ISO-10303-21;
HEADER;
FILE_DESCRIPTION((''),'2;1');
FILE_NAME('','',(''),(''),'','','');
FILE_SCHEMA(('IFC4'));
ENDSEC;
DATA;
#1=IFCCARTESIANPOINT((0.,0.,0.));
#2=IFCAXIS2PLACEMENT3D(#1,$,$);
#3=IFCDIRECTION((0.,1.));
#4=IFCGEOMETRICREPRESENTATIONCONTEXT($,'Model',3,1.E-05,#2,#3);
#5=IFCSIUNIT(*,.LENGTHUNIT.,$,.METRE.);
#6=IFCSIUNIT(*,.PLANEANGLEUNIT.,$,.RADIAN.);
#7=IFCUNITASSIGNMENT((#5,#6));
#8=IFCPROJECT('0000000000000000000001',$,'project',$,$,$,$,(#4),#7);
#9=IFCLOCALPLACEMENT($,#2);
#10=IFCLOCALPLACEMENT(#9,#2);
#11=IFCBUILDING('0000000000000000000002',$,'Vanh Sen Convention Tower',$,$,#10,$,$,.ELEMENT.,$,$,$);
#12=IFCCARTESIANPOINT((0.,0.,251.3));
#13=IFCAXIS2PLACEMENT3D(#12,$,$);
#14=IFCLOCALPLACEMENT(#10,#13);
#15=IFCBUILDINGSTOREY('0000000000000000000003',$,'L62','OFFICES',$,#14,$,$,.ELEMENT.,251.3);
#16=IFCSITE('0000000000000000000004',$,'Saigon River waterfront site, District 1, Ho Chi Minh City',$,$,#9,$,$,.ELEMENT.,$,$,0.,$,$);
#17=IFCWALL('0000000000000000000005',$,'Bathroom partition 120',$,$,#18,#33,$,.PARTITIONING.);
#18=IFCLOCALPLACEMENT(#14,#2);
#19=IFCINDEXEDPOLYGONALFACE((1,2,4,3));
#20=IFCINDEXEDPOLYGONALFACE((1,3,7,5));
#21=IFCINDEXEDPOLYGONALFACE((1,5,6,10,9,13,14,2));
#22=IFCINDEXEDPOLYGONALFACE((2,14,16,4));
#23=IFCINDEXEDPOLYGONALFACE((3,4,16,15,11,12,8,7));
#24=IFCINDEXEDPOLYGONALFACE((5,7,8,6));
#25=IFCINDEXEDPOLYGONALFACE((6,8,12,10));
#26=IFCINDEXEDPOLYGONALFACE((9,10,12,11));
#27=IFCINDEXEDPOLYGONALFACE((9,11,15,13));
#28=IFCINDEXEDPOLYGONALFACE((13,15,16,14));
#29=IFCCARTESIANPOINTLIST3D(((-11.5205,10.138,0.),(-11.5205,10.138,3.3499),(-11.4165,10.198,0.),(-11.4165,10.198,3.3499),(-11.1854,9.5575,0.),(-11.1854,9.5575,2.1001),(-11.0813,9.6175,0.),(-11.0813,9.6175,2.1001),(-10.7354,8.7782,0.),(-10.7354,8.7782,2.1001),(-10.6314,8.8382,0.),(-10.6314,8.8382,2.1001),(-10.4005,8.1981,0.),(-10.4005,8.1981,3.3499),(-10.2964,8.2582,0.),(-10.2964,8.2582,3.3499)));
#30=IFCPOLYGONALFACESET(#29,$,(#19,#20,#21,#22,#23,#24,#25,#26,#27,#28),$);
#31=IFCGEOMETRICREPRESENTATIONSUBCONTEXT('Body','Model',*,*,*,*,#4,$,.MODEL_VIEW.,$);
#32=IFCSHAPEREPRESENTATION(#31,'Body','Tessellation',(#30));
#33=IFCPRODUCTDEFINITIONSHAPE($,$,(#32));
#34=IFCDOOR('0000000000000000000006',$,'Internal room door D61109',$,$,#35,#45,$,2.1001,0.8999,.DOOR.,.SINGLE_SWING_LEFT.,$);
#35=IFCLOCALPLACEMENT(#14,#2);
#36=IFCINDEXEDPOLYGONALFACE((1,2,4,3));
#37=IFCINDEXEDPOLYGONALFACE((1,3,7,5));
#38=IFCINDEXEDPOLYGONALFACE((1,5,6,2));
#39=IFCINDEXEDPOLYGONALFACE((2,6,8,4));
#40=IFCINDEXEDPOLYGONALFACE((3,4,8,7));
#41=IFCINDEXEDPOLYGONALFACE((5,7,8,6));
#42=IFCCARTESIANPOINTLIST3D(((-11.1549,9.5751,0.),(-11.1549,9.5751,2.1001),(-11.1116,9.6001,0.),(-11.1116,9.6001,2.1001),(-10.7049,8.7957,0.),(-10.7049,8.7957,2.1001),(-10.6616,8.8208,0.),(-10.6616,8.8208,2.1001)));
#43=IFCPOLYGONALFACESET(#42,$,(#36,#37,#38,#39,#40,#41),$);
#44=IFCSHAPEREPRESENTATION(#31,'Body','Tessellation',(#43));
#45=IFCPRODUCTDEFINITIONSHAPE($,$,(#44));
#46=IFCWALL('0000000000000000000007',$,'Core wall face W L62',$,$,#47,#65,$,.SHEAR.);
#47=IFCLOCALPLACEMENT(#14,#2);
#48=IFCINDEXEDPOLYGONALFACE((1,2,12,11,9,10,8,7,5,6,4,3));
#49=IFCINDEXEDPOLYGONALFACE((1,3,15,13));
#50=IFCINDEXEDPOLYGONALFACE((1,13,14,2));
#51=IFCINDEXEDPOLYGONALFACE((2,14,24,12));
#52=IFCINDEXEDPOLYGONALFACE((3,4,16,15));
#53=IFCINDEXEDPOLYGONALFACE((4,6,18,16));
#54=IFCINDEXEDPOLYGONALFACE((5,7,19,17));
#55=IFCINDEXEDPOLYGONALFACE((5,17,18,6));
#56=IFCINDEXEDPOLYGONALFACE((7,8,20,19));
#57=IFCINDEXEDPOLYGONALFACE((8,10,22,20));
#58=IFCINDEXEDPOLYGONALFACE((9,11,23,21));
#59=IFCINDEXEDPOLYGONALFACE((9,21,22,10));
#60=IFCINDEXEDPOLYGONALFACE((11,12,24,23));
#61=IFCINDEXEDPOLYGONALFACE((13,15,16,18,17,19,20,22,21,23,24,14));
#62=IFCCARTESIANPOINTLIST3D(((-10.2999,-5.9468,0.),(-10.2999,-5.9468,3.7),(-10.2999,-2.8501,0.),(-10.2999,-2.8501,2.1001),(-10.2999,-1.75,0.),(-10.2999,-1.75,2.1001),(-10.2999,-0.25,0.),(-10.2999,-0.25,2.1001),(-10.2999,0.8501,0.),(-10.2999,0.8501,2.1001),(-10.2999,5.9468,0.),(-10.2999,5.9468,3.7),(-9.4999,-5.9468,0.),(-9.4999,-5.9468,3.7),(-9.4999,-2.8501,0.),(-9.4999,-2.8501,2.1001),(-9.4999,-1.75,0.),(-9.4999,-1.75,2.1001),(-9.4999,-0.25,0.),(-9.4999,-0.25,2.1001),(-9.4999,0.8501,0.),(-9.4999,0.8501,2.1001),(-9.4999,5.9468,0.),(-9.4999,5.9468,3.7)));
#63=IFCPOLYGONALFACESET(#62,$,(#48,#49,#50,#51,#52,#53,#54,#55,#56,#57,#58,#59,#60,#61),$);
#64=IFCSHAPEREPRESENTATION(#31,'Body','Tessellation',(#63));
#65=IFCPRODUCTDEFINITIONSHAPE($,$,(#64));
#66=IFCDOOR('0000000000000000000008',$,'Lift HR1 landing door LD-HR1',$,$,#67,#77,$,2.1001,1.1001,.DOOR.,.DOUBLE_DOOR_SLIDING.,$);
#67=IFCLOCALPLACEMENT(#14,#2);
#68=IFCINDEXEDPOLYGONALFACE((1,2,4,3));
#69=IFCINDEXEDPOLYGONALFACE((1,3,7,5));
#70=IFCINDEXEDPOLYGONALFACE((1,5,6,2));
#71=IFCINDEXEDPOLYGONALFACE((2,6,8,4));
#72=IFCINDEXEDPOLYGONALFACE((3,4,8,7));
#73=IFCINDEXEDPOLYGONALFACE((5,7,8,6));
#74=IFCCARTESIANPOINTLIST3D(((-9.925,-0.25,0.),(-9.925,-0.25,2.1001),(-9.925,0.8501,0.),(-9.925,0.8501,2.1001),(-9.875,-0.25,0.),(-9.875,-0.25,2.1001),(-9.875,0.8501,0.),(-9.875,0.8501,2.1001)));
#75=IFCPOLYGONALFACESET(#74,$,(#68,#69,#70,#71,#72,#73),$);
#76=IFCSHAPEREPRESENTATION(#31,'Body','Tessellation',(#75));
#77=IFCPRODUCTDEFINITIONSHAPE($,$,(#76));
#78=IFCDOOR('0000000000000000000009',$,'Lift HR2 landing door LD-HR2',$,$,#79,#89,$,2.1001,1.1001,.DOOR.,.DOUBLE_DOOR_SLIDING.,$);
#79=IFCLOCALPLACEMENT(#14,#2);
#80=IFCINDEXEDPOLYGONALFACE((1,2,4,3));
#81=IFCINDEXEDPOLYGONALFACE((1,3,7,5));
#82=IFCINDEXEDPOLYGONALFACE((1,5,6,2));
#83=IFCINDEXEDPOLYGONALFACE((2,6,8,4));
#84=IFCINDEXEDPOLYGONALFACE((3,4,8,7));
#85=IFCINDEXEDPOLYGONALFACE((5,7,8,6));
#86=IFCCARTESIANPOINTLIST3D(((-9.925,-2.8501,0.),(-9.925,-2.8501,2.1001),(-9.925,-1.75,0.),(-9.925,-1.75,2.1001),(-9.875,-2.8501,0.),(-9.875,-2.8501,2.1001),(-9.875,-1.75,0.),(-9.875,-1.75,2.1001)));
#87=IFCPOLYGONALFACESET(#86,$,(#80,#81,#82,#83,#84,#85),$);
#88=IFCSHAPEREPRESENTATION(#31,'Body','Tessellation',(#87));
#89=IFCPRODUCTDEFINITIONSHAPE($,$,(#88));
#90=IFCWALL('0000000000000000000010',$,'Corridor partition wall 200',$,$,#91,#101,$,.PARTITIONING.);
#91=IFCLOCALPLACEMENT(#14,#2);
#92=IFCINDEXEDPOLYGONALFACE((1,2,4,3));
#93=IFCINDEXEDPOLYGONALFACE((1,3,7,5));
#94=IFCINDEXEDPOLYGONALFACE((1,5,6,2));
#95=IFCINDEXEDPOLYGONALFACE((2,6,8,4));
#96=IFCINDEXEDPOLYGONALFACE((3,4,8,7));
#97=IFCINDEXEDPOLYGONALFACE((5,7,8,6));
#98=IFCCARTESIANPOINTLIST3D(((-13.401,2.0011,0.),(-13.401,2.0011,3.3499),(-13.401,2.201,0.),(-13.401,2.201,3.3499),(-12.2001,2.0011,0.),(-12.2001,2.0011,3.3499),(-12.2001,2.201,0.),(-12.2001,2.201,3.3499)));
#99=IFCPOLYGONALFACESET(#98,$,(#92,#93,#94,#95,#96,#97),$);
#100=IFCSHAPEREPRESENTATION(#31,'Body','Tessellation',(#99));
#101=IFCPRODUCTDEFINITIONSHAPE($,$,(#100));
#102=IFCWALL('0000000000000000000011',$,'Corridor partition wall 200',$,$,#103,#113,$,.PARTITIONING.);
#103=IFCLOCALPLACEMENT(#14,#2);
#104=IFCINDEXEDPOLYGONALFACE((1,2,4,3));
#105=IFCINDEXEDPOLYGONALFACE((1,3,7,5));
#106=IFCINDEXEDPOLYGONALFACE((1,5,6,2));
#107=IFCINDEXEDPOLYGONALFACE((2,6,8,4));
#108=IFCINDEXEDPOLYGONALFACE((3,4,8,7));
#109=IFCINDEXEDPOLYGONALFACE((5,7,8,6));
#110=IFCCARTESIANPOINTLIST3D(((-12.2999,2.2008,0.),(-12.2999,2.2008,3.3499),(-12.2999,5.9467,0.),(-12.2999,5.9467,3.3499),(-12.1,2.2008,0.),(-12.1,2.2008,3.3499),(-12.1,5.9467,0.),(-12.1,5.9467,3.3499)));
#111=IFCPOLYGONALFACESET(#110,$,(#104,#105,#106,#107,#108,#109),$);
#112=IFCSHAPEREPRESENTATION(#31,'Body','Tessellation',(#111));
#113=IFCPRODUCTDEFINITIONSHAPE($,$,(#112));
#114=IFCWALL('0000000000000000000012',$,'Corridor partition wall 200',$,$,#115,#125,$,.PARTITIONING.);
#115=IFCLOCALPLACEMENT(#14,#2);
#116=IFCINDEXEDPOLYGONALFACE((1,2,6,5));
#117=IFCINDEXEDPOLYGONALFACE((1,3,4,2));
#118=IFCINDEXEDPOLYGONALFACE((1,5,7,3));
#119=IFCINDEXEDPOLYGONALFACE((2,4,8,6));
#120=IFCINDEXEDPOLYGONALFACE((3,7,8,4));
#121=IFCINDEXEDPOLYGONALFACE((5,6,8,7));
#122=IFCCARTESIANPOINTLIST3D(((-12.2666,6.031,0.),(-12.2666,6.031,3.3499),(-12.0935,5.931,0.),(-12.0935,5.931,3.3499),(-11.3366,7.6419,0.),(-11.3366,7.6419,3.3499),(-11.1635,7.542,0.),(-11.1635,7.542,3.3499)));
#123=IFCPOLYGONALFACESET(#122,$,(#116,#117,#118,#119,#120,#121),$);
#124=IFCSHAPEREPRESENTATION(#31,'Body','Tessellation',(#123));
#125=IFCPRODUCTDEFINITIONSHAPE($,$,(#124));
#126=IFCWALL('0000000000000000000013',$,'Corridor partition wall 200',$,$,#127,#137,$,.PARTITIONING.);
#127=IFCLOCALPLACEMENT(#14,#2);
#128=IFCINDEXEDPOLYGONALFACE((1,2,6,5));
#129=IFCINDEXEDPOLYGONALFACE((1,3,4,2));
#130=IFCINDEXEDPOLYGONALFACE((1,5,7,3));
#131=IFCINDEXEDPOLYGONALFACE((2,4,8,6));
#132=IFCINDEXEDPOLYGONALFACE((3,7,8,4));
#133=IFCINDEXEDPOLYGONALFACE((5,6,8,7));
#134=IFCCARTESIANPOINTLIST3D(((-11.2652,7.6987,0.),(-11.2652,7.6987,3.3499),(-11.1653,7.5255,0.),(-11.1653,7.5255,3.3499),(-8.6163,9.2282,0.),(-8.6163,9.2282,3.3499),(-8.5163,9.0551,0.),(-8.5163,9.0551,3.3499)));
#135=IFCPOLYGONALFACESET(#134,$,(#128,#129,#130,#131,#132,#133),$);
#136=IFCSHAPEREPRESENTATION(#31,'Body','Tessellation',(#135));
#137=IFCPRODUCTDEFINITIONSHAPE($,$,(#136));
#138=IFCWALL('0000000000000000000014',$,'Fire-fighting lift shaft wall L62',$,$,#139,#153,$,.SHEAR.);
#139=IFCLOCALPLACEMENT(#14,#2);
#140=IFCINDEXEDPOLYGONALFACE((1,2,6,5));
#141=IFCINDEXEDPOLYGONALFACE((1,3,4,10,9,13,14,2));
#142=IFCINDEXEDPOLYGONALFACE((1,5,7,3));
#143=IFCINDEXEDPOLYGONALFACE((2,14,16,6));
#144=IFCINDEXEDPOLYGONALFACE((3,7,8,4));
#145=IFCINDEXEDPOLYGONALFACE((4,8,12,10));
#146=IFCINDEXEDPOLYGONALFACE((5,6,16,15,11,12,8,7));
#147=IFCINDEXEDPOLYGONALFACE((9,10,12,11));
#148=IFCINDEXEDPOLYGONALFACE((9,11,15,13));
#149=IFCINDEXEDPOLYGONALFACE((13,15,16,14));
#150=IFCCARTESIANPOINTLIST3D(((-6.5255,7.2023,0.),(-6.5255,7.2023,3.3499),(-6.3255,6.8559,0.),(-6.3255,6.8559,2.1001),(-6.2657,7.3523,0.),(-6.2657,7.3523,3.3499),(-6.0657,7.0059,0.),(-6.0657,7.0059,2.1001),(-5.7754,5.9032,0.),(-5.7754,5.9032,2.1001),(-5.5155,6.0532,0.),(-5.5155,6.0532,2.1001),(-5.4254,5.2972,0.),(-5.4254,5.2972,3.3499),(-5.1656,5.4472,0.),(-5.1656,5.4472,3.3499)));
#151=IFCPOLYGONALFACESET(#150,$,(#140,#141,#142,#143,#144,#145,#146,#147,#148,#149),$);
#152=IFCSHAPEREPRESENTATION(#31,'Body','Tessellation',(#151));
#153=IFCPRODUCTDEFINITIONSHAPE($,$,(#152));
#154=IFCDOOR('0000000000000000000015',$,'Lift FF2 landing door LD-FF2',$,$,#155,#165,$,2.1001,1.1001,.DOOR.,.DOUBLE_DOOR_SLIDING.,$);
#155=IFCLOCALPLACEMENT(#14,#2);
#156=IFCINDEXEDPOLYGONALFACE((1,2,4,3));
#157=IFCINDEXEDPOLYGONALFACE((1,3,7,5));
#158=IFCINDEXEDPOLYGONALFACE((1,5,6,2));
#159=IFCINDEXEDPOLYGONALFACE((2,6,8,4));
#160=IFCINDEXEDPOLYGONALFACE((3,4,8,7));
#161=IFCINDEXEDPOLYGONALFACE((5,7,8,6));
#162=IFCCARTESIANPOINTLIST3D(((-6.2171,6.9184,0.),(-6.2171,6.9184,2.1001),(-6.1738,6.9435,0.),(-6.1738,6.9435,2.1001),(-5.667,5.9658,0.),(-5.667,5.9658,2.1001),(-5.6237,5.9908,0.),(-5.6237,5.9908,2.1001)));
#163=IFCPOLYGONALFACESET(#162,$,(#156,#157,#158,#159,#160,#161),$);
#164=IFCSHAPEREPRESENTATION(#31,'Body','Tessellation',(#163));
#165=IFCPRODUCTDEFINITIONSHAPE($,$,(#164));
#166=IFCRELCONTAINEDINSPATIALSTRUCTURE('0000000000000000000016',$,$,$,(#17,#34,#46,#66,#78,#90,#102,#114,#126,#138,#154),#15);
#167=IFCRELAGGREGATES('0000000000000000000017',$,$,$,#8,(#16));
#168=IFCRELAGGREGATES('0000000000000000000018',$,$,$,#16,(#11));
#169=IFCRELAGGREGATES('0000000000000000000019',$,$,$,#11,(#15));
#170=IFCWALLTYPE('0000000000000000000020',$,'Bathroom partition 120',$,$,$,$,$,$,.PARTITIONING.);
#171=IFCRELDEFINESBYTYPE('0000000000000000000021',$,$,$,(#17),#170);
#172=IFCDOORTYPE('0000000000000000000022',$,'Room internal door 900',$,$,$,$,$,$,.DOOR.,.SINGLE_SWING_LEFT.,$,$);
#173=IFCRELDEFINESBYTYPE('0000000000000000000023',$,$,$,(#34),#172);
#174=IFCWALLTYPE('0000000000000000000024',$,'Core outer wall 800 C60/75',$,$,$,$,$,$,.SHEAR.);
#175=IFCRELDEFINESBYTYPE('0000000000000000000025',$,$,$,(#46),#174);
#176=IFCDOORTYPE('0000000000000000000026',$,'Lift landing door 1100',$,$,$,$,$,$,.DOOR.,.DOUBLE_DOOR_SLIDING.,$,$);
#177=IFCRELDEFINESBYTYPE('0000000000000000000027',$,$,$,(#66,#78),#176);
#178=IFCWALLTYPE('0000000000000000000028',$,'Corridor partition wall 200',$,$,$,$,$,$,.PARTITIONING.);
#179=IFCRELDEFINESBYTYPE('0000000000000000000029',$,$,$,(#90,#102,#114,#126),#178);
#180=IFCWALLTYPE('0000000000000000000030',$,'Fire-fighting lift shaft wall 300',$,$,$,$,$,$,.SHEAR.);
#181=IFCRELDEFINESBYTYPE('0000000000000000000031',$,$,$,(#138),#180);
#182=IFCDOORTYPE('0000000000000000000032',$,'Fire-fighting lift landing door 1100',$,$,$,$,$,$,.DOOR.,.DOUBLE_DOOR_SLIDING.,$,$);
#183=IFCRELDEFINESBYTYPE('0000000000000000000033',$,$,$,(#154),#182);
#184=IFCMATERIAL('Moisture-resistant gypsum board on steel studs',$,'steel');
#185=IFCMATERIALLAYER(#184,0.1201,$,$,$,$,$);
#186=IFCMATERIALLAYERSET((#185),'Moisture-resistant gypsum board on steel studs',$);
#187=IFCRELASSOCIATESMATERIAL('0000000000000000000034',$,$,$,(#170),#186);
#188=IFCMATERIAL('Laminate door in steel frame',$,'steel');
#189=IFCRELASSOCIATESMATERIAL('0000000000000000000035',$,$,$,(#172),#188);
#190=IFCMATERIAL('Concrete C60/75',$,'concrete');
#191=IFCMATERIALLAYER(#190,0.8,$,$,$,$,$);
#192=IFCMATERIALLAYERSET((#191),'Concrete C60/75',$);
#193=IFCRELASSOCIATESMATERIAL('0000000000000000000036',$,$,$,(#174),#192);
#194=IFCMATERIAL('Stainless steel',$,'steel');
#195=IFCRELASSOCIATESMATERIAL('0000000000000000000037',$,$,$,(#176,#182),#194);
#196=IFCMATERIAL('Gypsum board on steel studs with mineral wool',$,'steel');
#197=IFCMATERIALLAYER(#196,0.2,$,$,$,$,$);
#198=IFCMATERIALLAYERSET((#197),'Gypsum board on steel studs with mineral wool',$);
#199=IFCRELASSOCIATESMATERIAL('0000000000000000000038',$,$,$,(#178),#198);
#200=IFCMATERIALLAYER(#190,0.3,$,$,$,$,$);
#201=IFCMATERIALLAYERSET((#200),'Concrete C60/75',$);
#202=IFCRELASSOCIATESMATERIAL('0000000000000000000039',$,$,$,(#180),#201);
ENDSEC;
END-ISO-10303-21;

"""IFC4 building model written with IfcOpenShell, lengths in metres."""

from ifc_helpers import new_model, si_unit, direction, frame, frame_2d, origin, place, context, subcontext, project, spatial, rectangle, extrude, material, layer, layer_set, type_object, element, fill, save


model = new_model("IFC4")

# Units and contexts
model_context = context("Model", 3, precision=1e-05, world=origin(), true_north=direction((0.0, 1.0)))
body_context = subcontext(model_context, "Body", "Model", "MODEL_VIEW")
ifc_project = project(units=[si_unit("LENGTHUNIT", "METRE"), si_unit("PLANEANGLEUNIT", "RADIAN")], contexts=[model_context])

# Site, building, storey
site_placement = place(None, origin())
site = spatial("IfcSite", under=ifc_project, at=site_placement, Name="Saigon River waterfront site, District 1, Ho Chi Minh City", CompositionType="ELEMENT", RefElevation=0.0)
building_placement = place(site_placement, origin())
building = spatial("IfcBuilding", under=site, at=building_placement, Name="Vanh Sen Convention Tower", CompositionType="ELEMENT")
storey_placement = place(building_placement, frame((0.0, 0.0, 251.3)))
storey = spatial("IfcBuildingStorey", under=building, at=storey_placement, Name="L62", Description="OFFICES", CompositionType="ELEMENT", Elevation=251.3)

# Wall, opening, door
ifc_material_1 = material(Name="Moisture-resistant gypsum board on steel studs", Category="steel")
ifc_layer_1 = layer(ifc_material_1, 0.1201)
ifc_layer_set_1 = layer_set([ifc_layer_1], Name="Moisture-resistant gypsum board on steel studs")
wall_type_1 = type_object("IfcWallType", Name="Bathroom partition 120", PredefinedType="PARTITIONING", material=ifc_layer_set_1)
wall_1_placement = place(storey_placement, frame((-10.3484, 8.228, 0.0), z_axis=(0.0, 0.0, 1.0), x_axis=(-0.500031, 0.866008, 0.0)))
wall_1 = element("IfcWall", 1, at=wall_1_placement, inside=storey, type_object=wall_type_1, Name="Bathroom partition 120", PredefinedType="PARTITIONING", context=body_context, shape_type="SweptSolid", body=[
    extrude(rectangle(XDim=2.24, YDim=0.1201, at=frame_2d((1.1201, 0.0))), origin(), (0.0, 0.0, 1.0), 3.3499),
])
opening_1_placement = place(wall_1_placement, frame((0.6699, 0.0, 0.0)))
opening_1 = element("IfcOpeningElement", 2, at=opening_1_placement, cuts=wall_1, PredefinedType="OPENING", context=body_context, shape_type="SweptSolid", body=[
    extrude(rectangle(XDim=0.8999, YDim=2.1001, at=frame_2d((0.45, 1.05))), frame((0.0, 0.0701, 0.0), z_axis=(0.0, -1.0, 0.0), x_axis=(1.0, 0.0, 0.0)), (0.0, 0.0, 1.0), 0.1401),
])
ifc_material_2 = material(Name="Laminate door in steel frame", Category="steel")
door_type_1 = type_object("IfcDoorType", Name="Room internal door 900", OperationType="SINGLE_SWING_LEFT", PredefinedType="DOOR", material=ifc_material_2)
door_1_placement = place(opening_1_placement, origin())
door_1 = element("IfcDoor", 3, at=door_1_placement, inside=storey, type_object=door_type_1, Name="Internal room door D61109", OperationType="SINGLE_SWING_LEFT", OverallHeight=2.1001, OverallWidth=0.8999, PredefinedType="DOOR", context=body_context, shape_type="SweptSolid", body=[
    extrude(rectangle(XDim=0.8999, YDim=2.1001, at=frame_2d((0.45, 1.05))), frame((0.0, 0.0249, 0.0), z_axis=(0.0, -1.0, 0.0), x_axis=(1.0, 0.0, 0.0)), (0.0, 0.0, 1.0), 0.05),
])
fill(opening_1, door_1)

# Wall, openings, doors
ifc_material_3 = material(Name="Concrete C60/75", Category="concrete")
ifc_layer_2 = layer(ifc_material_3, 0.8)
ifc_layer_set_2 = layer_set([ifc_layer_2], Name="Concrete C60/75")
wall_type_2 = type_object("IfcWallType", Name="Core outer wall 800 C60/75", PredefinedType="SHEAR", material=ifc_layer_set_2)
wall_2_placement = place(storey_placement, frame((-9.8999, 5.9468, 0.0), z_axis=(0.0, 0.0, 1.0), x_axis=(0.0, -1.0, 0.0)))
wall_2 = element("IfcWall", 4, at=wall_2_placement, inside=storey, type_object=wall_type_2, Name="Core wall face W L62", PredefinedType="SHEAR", context=body_context, shape_type="SweptSolid", body=[
    extrude(rectangle(XDim=11.8936, YDim=0.8, at=frame_2d((5.9468, 0.0))), origin(), (0.0, 0.0, 1.0), 3.7),
])
opening_2_placement = place(wall_2_placement, frame((5.0967, 0.0, 0.0)))
opening_2 = element("IfcOpeningElement", 5, at=opening_2_placement, cuts=wall_2, PredefinedType="OPENING", context=body_context, shape_type="SweptSolid", body=[
    extrude(rectangle(XDim=1.1001, YDim=2.1001, at=frame_2d((0.55, 1.05))), frame((0.0, 0.4099, 0.0), z_axis=(0.0, -1.0, 0.0), x_axis=(1.0, 0.0, 0.0)), (0.0, 0.0, 1.0), 0.8201),
])
opening_3_placement = place(wall_2_placement, frame((7.6968, 0.0, 0.0)))
opening_3 = element("IfcOpeningElement", 6, at=opening_3_placement, cuts=wall_2, PredefinedType="OPENING", context=body_context, shape_type="SweptSolid", body=[
    extrude(rectangle(XDim=1.1001, YDim=2.1001, at=frame_2d((0.55, 1.05))), frame((0.0, 0.4099, 0.0), z_axis=(0.0, -1.0, 0.0), x_axis=(1.0, 0.0, 0.0)), (0.0, 0.0, 1.0), 0.8201),
])
ifc_material_4 = material(Name="Stainless steel", Category="steel")
door_type_2 = type_object("IfcDoorType", Name="Lift landing door 1100", OperationType="DOUBLE_DOOR_SLIDING", PredefinedType="DOOR", material=ifc_material_4)
door_2_placement = place(opening_2_placement, origin())
door_2 = element("IfcDoor", 7, at=door_2_placement, inside=storey, type_object=door_type_2, Name="Lift HR1 landing door LD-HR1", OperationType="DOUBLE_DOOR_SLIDING", OverallHeight=2.1001, OverallWidth=1.1001, PredefinedType="DOOR", context=body_context, shape_type="SweptSolid", body=[
    extrude(rectangle(XDim=1.1001, YDim=2.1001, at=frame_2d((0.55, 1.05))), frame((0.0, 0.0249, 0.0), z_axis=(0.0, -1.0, 0.0), x_axis=(1.0, 0.0, 0.0)), (0.0, 0.0, 1.0), 0.05),
])
fill(opening_2, door_2)
door_3_placement = place(opening_3_placement, origin())
door_3 = element("IfcDoor", 8, at=door_3_placement, inside=storey, type_object=door_type_2, Name="Lift HR2 landing door LD-HR2", OperationType="DOUBLE_DOOR_SLIDING", OverallHeight=2.1001, OverallWidth=1.1001, PredefinedType="DOOR", context=body_context, shape_type="SweptSolid", body=[
    extrude(rectangle(XDim=1.1001, YDim=2.1001, at=frame_2d((0.55, 1.05))), frame((0.0, 0.0249, 0.0), z_axis=(0.0, -1.0, 0.0), x_axis=(1.0, 0.0, 0.0)), (0.0, 0.0, 1.0), 0.05),
])
fill(opening_3, door_3)

# Walls
ifc_material_5 = material(Name="Gypsum board on steel studs with mineral wool", Category="steel")
ifc_layer_3 = layer(ifc_material_5, 0.2)
ifc_layer_set_3 = layer_set([ifc_layer_3], Name="Gypsum board on steel studs with mineral wool")
wall_type_3 = type_object("IfcWallType", Name="Corridor partition wall 200", PredefinedType="PARTITIONING", material=ifc_layer_set_3)
wall_3_placement = place(storey_placement, frame((-12.2, 2.1011, 0.0), z_axis=(0.0, 0.0, 1.0), x_axis=(-1.0, 0.0, 0.0)))
element("IfcWall", 9, at=wall_3_placement, inside=storey, type_object=wall_type_3, Name="Corridor partition wall 200", PredefinedType="PARTITIONING", context=body_context, shape_type="SweptSolid", body=[
    extrude(rectangle(XDim=1.2009, YDim=0.2, at=frame_2d((0.6006, 0.0))), origin(), (0.0, 0.0, 1.0), 3.3499),
])
wall_4_placement = place(storey_placement, frame((-12.2, 5.9468, 0.0), z_axis=(0.0, 0.0, 1.0), x_axis=(0.0, -1.0, 0.0)))
element("IfcWall", 10, at=wall_4_placement, inside=storey, type_object=wall_type_3, Name="Corridor partition wall 200", PredefinedType="PARTITIONING", context=body_context, shape_type="SweptSolid", body=[
    extrude(rectangle(XDim=3.7458, YDim=0.2, at=frame_2d((1.873, 0.0))), origin(), (0.0, 0.0, 1.0), 3.3499),
])
wall_5_placement = place(storey_placement, frame((-11.25, 7.592, 0.0), z_axis=(0.0, 0.0, 1.0), x_axis=(-0.499965, -0.866046, 0.0)))
element("IfcWall", 11, at=wall_5_placement, inside=storey, type_object=wall_type_3, Name="Corridor partition wall 200", PredefinedType="PARTITIONING", context=body_context, shape_type="SweptSolid", body=[
    extrude(rectangle(XDim=1.8601, YDim=0.2, at=frame_2d((0.9302, 0.0))), origin(), (0.0, 0.0, 1.0), 3.3499),
])
wall_6_placement = place(storey_placement, frame((-8.5664, 9.1416, 0.0), z_axis=(0.0, 0.0, 1.0), x_axis=(-0.865999, -0.500045, 0.0)))
element("IfcWall", 12, at=wall_6_placement, inside=storey, type_object=wall_type_3, Name="Corridor partition wall 200", PredefinedType="PARTITIONING", context=body_context, shape_type="SweptSolid", body=[
    extrude(rectangle(XDim=3.0588, YDim=0.2, at=frame_2d((1.5293, 0.0))), origin(), (0.0, 0.0, 1.0), 3.3499),
])

# Wall, opening, door
ifc_layer_4 = layer(ifc_material_3, 0.3)
ifc_layer_set_4 = layer_set([ifc_layer_4], Name="Concrete C60/75")
wall_type_4 = type_object("IfcWallType", Name="Fire-fighting lift shaft wall 300", PredefinedType="SHEAR", material=ifc_layer_set_4)
wall_7_placement = place(storey_placement, frame((-5.2954, 5.3721, 0.0), z_axis=(0.0, 0.0, 1.0), x_axis=(-0.500078, 0.86598, 0.0)))
wall_7 = element("IfcWall", 13, at=wall_7_placement, inside=storey, type_object=wall_type_4, Name="Fire-fighting lift shaft wall L62", PredefinedType="SHEAR", context=body_context, shape_type="SweptSolid", body=[
    extrude(rectangle(XDim=2.2, YDim=0.3, at=frame_2d((1.1001, 0.0))), origin(), (0.0, 0.0, 1.0), 3.3499),
])
opening_4_placement = place(wall_7_placement, frame((0.7, 0.0, 0.0)))
opening_4 = element("IfcOpeningElement", 14, at=opening_4_placement, cuts=wall_7, PredefinedType="OPENING", context=body_context, shape_type="SweptSolid", body=[
    extrude(rectangle(XDim=1.1001, YDim=2.1001, at=frame_2d((0.55, 1.05))), frame((0.0, 0.1599, 0.0), z_axis=(0.0, -1.0, 0.0), x_axis=(1.0, 0.0, 0.0)), (0.0, 0.0, 1.0), 0.3201),
])
door_type_3 = type_object("IfcDoorType", Name="Fire-fighting lift landing door 1100", OperationType="DOUBLE_DOOR_SLIDING", PredefinedType="DOOR", material=ifc_material_4)
door_4_placement = place(opening_4_placement, origin())
door_4 = element("IfcDoor", 15, at=door_4_placement, inside=storey, type_object=door_type_3, Name="Lift FF2 landing door LD-FF2", OperationType="DOUBLE_DOOR_SLIDING", OverallHeight=2.1001, OverallWidth=1.1001, PredefinedType="DOOR", context=body_context, shape_type="SweptSolid", body=[
    extrude(rectangle(XDim=1.1001, YDim=2.1001, at=frame_2d((0.55, 1.05))), frame((0.0, 0.0249, 0.0), z_axis=(0.0, -1.0, 0.0), x_axis=(1.0, 0.0, 0.0)), (0.0, 0.0, 1.0), 0.05),
])
fill(opening_4, door_4)

save(model, "model.ifc")
